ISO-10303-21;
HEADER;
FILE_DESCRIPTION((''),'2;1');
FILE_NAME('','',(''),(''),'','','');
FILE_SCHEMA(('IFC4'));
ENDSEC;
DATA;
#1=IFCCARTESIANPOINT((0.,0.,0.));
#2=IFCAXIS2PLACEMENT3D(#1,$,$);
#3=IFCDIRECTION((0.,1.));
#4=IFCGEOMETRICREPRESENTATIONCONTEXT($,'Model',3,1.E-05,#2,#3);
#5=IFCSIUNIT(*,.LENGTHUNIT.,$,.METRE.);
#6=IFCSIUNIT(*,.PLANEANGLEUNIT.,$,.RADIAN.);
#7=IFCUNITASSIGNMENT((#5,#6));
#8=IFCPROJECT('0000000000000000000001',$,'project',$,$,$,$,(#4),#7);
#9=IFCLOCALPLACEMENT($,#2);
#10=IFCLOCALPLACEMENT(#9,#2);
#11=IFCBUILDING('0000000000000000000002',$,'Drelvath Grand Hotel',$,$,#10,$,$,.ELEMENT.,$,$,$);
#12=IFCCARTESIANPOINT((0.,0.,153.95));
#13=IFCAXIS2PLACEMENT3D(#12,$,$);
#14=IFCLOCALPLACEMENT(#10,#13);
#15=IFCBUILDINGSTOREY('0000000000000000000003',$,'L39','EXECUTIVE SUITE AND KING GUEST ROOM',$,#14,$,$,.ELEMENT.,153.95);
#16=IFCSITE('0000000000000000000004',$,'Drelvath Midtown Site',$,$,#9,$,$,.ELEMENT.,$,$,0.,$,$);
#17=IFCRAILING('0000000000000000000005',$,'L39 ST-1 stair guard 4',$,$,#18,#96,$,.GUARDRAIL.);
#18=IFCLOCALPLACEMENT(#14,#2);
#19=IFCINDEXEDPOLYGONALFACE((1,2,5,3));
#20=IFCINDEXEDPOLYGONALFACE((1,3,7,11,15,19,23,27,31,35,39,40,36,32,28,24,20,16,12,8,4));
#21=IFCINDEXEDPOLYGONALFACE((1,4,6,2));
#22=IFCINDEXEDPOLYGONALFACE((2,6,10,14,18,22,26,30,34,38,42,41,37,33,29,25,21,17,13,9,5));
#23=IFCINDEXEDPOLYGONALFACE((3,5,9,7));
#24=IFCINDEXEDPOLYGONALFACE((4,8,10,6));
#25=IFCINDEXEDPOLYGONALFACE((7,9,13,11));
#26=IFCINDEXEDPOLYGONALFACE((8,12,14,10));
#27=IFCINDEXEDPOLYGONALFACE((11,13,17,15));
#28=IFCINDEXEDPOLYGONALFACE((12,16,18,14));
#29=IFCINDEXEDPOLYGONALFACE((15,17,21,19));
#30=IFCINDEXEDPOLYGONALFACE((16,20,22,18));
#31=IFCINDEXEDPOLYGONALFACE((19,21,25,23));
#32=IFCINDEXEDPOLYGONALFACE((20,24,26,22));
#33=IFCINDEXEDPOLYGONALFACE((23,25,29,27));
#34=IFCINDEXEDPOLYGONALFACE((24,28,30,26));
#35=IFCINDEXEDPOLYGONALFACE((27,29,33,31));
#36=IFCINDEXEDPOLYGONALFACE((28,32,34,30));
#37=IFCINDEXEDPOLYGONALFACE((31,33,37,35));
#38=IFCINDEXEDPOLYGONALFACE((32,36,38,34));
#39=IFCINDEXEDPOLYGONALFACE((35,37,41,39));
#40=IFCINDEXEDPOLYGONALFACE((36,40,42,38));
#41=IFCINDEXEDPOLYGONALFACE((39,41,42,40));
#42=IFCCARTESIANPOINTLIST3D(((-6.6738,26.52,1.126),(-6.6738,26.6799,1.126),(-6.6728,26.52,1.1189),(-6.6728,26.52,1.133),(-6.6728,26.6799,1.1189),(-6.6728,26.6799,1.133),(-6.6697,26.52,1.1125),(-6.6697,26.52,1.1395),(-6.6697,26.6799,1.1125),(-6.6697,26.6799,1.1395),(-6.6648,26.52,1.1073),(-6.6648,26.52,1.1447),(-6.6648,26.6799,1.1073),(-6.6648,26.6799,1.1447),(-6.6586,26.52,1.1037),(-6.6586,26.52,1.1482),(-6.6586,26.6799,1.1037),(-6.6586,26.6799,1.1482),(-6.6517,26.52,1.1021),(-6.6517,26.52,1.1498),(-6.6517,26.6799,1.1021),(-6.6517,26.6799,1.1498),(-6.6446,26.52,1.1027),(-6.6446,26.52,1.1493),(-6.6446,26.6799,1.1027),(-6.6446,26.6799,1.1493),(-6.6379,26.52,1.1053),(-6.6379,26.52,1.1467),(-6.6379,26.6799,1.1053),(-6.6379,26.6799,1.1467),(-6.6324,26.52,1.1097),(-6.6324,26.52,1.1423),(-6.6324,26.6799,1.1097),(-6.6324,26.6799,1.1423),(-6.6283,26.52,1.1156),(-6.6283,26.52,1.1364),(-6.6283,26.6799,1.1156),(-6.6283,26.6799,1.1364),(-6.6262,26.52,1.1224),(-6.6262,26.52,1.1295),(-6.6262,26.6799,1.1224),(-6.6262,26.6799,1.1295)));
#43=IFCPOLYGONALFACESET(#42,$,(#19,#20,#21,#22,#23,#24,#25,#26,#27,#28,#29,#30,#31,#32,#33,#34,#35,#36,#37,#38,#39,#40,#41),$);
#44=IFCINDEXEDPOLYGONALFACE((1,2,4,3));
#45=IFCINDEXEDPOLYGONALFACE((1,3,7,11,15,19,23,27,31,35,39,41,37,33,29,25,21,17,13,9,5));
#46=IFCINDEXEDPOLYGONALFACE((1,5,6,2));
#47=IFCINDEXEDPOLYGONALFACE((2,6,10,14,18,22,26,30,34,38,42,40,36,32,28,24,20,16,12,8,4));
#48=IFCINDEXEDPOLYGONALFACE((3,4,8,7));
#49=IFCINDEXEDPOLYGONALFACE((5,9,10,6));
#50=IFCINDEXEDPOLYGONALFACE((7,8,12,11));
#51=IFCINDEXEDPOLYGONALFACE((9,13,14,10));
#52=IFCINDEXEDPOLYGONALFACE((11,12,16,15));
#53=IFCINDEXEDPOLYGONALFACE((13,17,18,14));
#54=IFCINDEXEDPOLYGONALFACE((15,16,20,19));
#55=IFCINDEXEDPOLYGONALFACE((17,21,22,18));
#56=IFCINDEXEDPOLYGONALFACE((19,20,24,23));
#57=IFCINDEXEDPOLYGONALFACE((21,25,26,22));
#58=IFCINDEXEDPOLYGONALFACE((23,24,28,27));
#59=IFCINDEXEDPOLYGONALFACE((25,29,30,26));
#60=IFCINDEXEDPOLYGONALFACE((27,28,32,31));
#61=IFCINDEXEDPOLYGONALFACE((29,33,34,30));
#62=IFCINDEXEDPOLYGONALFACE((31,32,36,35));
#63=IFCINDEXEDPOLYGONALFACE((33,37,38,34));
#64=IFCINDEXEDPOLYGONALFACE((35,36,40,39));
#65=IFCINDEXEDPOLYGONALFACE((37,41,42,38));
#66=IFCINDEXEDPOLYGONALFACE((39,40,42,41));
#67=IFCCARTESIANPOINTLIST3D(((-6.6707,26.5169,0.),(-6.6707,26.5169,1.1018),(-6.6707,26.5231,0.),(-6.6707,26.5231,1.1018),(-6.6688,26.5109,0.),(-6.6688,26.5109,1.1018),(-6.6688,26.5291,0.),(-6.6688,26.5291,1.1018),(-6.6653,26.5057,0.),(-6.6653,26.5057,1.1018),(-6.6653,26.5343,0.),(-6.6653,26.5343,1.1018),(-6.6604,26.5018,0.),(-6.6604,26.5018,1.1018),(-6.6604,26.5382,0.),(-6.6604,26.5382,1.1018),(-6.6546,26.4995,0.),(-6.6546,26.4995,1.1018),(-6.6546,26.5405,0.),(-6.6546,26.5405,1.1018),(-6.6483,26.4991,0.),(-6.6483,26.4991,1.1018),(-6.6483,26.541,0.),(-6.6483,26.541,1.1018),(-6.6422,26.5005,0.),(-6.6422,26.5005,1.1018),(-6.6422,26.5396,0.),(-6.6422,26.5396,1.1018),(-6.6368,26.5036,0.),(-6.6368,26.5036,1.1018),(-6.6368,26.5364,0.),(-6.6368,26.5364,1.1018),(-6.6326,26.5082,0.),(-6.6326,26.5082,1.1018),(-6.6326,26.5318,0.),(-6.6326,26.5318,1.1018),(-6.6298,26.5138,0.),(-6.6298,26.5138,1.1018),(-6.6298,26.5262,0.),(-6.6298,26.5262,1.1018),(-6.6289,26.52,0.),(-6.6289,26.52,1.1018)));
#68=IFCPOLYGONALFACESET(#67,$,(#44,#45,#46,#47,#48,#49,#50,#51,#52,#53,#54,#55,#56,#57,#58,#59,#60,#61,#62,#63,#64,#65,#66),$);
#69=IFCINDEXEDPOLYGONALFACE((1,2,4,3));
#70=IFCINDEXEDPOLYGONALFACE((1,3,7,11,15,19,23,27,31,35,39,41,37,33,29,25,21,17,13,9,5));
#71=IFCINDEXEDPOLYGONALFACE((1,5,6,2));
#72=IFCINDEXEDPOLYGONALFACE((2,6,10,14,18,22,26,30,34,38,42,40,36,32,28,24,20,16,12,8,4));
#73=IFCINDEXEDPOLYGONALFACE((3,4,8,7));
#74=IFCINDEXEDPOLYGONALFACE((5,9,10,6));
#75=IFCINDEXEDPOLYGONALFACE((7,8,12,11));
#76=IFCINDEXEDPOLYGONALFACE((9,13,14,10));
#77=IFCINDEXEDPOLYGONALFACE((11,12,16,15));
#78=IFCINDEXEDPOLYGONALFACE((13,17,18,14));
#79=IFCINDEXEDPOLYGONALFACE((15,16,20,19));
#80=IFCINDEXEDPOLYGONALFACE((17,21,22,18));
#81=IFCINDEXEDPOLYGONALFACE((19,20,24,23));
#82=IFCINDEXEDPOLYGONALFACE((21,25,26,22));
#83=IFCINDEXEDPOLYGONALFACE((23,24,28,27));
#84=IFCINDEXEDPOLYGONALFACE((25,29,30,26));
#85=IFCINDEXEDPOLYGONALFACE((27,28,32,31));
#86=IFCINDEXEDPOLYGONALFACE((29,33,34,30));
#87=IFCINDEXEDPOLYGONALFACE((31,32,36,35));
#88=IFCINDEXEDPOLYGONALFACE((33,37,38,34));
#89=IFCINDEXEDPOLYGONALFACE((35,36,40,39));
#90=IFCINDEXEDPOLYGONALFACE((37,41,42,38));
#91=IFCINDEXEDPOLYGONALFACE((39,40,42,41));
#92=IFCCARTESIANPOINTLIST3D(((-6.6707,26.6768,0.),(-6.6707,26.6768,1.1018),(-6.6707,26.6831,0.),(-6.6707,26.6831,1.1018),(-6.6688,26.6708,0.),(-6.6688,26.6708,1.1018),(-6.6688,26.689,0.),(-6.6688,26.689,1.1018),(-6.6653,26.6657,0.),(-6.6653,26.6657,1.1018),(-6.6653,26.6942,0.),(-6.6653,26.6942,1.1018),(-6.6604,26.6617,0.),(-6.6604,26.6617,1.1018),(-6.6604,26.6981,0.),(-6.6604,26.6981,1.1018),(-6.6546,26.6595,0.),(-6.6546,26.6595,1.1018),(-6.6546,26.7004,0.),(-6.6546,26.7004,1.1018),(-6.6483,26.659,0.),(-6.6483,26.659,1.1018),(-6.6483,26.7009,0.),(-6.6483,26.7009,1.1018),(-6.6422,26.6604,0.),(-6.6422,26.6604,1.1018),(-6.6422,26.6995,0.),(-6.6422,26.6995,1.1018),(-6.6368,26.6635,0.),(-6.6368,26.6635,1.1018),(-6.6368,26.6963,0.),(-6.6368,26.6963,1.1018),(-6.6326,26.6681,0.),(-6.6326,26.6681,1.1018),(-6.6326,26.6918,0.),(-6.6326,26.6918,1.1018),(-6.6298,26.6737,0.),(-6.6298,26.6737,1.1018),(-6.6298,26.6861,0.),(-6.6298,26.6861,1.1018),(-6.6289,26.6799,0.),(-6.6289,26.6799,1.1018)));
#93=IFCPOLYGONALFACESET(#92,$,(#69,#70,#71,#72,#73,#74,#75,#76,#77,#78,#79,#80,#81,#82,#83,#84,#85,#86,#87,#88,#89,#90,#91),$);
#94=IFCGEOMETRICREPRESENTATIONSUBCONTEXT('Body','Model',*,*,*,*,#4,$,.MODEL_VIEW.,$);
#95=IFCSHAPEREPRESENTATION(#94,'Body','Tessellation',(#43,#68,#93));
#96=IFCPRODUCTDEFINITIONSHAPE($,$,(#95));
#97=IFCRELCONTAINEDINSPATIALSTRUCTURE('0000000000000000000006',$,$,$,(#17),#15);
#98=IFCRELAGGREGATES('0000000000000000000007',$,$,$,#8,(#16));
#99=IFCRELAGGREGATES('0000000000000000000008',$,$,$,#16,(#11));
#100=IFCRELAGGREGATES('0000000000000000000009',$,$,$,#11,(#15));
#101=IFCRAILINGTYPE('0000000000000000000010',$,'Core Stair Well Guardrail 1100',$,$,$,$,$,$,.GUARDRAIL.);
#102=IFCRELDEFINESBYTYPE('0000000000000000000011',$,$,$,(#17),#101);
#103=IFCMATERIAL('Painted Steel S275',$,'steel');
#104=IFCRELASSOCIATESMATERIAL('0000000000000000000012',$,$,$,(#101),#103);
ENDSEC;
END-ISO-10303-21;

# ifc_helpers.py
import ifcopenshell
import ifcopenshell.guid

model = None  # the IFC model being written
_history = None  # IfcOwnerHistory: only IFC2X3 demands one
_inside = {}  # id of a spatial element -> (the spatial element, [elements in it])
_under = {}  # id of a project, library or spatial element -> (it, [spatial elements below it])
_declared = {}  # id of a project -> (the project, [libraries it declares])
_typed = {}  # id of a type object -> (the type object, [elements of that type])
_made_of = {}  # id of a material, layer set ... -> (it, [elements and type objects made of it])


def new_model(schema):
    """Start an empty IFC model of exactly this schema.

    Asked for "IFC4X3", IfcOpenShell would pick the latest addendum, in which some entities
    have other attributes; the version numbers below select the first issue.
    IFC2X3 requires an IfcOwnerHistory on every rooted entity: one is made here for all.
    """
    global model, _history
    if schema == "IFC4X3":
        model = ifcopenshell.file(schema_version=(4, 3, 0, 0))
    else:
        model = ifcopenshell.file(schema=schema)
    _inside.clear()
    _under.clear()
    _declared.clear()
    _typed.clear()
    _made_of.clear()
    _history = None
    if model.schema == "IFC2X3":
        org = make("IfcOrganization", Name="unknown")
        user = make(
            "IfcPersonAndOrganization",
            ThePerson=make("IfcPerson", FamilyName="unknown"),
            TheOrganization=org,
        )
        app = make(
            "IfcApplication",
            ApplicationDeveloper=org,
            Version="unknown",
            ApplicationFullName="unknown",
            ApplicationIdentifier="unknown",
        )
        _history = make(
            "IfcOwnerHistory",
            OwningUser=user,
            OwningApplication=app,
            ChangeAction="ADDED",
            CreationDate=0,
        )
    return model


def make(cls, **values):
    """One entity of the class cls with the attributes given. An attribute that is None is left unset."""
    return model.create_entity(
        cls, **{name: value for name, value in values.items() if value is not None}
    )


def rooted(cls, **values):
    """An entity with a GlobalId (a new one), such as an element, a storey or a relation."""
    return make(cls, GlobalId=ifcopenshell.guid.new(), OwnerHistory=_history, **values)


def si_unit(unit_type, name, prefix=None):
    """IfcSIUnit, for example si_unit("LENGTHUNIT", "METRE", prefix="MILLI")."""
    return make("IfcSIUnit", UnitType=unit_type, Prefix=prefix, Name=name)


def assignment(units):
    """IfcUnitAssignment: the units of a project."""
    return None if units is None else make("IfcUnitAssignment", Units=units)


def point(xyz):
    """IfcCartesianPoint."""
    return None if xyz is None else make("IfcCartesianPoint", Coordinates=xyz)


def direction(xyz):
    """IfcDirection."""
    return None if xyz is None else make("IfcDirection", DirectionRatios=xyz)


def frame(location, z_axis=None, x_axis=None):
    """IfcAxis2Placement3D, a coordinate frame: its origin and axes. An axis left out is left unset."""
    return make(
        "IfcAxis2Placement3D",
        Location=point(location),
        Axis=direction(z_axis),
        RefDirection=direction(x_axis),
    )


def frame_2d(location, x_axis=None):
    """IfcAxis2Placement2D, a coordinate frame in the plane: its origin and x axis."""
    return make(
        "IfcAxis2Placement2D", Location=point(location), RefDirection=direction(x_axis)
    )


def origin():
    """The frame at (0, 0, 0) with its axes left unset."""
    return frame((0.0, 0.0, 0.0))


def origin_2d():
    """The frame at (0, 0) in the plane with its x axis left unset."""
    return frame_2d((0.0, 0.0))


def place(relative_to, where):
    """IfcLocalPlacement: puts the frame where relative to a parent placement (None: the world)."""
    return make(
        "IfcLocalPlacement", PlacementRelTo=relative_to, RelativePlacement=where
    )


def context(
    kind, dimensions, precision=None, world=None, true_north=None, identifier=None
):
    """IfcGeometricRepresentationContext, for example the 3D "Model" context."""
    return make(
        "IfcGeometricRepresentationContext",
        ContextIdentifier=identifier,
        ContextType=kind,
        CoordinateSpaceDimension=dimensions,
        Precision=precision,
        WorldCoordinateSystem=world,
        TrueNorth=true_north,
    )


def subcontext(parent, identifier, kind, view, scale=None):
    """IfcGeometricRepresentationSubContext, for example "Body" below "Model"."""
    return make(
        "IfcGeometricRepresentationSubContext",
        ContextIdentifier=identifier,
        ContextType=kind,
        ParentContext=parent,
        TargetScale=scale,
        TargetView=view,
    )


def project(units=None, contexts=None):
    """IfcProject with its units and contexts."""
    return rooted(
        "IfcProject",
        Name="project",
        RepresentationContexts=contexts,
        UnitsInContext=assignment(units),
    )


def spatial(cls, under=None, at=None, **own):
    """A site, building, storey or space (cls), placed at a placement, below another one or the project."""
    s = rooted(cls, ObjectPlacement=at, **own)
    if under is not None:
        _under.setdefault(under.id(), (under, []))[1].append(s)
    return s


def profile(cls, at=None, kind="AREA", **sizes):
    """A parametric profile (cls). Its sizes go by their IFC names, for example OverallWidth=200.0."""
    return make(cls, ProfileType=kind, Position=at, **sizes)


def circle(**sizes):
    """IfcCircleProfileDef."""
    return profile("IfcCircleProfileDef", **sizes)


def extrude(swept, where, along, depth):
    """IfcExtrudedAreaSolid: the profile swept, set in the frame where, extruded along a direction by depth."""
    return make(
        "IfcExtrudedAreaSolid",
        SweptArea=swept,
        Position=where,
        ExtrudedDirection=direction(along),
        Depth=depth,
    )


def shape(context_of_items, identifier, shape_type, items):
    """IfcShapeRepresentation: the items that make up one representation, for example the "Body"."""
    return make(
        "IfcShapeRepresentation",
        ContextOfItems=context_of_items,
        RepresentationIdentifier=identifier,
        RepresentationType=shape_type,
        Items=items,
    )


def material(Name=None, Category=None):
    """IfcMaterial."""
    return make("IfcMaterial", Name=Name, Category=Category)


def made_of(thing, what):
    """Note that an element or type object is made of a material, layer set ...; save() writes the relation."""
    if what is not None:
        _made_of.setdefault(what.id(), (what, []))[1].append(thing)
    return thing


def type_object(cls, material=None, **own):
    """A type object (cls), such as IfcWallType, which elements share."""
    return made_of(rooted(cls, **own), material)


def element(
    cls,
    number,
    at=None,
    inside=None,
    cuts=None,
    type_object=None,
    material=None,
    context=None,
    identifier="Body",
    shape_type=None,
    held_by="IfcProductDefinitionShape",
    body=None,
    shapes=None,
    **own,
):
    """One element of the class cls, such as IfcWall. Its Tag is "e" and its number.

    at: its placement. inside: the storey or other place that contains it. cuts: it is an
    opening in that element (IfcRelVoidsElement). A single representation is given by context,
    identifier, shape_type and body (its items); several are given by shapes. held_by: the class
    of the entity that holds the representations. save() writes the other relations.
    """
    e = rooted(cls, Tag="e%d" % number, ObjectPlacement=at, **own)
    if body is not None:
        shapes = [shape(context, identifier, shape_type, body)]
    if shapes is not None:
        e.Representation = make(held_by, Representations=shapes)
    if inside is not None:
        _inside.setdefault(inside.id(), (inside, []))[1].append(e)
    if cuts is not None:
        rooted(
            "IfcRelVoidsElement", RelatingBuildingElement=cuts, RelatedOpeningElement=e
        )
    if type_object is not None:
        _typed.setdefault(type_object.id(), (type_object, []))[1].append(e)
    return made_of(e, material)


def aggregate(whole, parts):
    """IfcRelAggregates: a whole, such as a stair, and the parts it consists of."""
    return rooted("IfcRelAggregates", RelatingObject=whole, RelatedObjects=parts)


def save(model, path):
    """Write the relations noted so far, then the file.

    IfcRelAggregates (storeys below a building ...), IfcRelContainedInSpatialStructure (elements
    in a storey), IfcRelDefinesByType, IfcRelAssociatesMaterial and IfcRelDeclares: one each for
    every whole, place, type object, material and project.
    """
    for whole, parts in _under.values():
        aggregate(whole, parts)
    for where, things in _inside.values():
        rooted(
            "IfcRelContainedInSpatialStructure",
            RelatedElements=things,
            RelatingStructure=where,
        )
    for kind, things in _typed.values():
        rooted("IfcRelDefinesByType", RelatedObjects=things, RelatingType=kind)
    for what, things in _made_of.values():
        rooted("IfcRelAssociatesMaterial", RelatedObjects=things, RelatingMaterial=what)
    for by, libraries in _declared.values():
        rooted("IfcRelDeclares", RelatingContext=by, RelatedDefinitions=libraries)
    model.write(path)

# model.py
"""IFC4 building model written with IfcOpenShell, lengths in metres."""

from ifc_helpers import new_model, si_unit, direction, frame, origin, origin_2d, place, context, subcontext, project, spatial, circle, extrude, material, type_object, element, save


model = new_model("IFC4")

# Units and contexts
model_context = context("Model", 3, precision=1e-05, world=origin(), true_north=direction((0.0, 1.0)))
body_context = subcontext(model_context, "Body", "Model", "MODEL_VIEW")
ifc_project = project(units=[si_unit("LENGTHUNIT", "METRE"), si_unit("PLANEANGLEUNIT", "RADIAN")], contexts=[model_context])

# Site, building, storey
site_placement = place(None, origin())
site = spatial("IfcSite", under=ifc_project, at=site_placement, Name="Drelvath Midtown Site", CompositionType="ELEMENT", RefElevation=0.0)
building_placement = place(site_placement, origin())
building = spatial("IfcBuilding", under=site, at=building_placement, Name="Drelvath Grand Hotel", CompositionType="ELEMENT")
storey_placement = place(building_placement, frame((0.0, 0.0, 153.95)))
storey = spatial("IfcBuildingStorey", under=building, at=storey_placement, Name="L39", Description="EXECUTIVE SUITE AND KING GUEST ROOM", CompositionType="ELEMENT", Elevation=153.95)

# Shared definitions
ifc_material_1 = material(Name="Painted Steel S275", Category="steel")

# Railing
railing_type_1 = type_object("IfcRailingType", Name="Core Stair Well Guardrail 1100", PredefinedType="GUARDRAIL", material=ifc_material_1)
railing_1_placement = place(storey_placement, frame((-6.6499, 26.52, 0.0)))
element("IfcRailing", 1, at=railing_1_placement, inside=storey, type_object=railing_type_1, Name="L39 ST-1 stair guard 4", PredefinedType="GUARDRAIL", context=body_context, shape_type="SweptSolid", body=[
    extrude(circle(Radius=0.0239, at=origin_2d()), frame((0.0, 0.0, 1.126), z_axis=(0.0, 1.0, 0.0), x_axis=(-1.0, 0.0, 0.0)), (0.0, 0.0, 1.0), 0.1599),
    extrude(circle(Radius=0.021, at=origin_2d()), origin(), (0.0, 0.0, 1.0), 1.1018),
    extrude(circle(Radius=0.021, at=origin_2d()), frame((0.0, 0.1599, 0.0)), (0.0, 0.0, 1.0), 1.1018),
])

save(model, "model.ifc")
